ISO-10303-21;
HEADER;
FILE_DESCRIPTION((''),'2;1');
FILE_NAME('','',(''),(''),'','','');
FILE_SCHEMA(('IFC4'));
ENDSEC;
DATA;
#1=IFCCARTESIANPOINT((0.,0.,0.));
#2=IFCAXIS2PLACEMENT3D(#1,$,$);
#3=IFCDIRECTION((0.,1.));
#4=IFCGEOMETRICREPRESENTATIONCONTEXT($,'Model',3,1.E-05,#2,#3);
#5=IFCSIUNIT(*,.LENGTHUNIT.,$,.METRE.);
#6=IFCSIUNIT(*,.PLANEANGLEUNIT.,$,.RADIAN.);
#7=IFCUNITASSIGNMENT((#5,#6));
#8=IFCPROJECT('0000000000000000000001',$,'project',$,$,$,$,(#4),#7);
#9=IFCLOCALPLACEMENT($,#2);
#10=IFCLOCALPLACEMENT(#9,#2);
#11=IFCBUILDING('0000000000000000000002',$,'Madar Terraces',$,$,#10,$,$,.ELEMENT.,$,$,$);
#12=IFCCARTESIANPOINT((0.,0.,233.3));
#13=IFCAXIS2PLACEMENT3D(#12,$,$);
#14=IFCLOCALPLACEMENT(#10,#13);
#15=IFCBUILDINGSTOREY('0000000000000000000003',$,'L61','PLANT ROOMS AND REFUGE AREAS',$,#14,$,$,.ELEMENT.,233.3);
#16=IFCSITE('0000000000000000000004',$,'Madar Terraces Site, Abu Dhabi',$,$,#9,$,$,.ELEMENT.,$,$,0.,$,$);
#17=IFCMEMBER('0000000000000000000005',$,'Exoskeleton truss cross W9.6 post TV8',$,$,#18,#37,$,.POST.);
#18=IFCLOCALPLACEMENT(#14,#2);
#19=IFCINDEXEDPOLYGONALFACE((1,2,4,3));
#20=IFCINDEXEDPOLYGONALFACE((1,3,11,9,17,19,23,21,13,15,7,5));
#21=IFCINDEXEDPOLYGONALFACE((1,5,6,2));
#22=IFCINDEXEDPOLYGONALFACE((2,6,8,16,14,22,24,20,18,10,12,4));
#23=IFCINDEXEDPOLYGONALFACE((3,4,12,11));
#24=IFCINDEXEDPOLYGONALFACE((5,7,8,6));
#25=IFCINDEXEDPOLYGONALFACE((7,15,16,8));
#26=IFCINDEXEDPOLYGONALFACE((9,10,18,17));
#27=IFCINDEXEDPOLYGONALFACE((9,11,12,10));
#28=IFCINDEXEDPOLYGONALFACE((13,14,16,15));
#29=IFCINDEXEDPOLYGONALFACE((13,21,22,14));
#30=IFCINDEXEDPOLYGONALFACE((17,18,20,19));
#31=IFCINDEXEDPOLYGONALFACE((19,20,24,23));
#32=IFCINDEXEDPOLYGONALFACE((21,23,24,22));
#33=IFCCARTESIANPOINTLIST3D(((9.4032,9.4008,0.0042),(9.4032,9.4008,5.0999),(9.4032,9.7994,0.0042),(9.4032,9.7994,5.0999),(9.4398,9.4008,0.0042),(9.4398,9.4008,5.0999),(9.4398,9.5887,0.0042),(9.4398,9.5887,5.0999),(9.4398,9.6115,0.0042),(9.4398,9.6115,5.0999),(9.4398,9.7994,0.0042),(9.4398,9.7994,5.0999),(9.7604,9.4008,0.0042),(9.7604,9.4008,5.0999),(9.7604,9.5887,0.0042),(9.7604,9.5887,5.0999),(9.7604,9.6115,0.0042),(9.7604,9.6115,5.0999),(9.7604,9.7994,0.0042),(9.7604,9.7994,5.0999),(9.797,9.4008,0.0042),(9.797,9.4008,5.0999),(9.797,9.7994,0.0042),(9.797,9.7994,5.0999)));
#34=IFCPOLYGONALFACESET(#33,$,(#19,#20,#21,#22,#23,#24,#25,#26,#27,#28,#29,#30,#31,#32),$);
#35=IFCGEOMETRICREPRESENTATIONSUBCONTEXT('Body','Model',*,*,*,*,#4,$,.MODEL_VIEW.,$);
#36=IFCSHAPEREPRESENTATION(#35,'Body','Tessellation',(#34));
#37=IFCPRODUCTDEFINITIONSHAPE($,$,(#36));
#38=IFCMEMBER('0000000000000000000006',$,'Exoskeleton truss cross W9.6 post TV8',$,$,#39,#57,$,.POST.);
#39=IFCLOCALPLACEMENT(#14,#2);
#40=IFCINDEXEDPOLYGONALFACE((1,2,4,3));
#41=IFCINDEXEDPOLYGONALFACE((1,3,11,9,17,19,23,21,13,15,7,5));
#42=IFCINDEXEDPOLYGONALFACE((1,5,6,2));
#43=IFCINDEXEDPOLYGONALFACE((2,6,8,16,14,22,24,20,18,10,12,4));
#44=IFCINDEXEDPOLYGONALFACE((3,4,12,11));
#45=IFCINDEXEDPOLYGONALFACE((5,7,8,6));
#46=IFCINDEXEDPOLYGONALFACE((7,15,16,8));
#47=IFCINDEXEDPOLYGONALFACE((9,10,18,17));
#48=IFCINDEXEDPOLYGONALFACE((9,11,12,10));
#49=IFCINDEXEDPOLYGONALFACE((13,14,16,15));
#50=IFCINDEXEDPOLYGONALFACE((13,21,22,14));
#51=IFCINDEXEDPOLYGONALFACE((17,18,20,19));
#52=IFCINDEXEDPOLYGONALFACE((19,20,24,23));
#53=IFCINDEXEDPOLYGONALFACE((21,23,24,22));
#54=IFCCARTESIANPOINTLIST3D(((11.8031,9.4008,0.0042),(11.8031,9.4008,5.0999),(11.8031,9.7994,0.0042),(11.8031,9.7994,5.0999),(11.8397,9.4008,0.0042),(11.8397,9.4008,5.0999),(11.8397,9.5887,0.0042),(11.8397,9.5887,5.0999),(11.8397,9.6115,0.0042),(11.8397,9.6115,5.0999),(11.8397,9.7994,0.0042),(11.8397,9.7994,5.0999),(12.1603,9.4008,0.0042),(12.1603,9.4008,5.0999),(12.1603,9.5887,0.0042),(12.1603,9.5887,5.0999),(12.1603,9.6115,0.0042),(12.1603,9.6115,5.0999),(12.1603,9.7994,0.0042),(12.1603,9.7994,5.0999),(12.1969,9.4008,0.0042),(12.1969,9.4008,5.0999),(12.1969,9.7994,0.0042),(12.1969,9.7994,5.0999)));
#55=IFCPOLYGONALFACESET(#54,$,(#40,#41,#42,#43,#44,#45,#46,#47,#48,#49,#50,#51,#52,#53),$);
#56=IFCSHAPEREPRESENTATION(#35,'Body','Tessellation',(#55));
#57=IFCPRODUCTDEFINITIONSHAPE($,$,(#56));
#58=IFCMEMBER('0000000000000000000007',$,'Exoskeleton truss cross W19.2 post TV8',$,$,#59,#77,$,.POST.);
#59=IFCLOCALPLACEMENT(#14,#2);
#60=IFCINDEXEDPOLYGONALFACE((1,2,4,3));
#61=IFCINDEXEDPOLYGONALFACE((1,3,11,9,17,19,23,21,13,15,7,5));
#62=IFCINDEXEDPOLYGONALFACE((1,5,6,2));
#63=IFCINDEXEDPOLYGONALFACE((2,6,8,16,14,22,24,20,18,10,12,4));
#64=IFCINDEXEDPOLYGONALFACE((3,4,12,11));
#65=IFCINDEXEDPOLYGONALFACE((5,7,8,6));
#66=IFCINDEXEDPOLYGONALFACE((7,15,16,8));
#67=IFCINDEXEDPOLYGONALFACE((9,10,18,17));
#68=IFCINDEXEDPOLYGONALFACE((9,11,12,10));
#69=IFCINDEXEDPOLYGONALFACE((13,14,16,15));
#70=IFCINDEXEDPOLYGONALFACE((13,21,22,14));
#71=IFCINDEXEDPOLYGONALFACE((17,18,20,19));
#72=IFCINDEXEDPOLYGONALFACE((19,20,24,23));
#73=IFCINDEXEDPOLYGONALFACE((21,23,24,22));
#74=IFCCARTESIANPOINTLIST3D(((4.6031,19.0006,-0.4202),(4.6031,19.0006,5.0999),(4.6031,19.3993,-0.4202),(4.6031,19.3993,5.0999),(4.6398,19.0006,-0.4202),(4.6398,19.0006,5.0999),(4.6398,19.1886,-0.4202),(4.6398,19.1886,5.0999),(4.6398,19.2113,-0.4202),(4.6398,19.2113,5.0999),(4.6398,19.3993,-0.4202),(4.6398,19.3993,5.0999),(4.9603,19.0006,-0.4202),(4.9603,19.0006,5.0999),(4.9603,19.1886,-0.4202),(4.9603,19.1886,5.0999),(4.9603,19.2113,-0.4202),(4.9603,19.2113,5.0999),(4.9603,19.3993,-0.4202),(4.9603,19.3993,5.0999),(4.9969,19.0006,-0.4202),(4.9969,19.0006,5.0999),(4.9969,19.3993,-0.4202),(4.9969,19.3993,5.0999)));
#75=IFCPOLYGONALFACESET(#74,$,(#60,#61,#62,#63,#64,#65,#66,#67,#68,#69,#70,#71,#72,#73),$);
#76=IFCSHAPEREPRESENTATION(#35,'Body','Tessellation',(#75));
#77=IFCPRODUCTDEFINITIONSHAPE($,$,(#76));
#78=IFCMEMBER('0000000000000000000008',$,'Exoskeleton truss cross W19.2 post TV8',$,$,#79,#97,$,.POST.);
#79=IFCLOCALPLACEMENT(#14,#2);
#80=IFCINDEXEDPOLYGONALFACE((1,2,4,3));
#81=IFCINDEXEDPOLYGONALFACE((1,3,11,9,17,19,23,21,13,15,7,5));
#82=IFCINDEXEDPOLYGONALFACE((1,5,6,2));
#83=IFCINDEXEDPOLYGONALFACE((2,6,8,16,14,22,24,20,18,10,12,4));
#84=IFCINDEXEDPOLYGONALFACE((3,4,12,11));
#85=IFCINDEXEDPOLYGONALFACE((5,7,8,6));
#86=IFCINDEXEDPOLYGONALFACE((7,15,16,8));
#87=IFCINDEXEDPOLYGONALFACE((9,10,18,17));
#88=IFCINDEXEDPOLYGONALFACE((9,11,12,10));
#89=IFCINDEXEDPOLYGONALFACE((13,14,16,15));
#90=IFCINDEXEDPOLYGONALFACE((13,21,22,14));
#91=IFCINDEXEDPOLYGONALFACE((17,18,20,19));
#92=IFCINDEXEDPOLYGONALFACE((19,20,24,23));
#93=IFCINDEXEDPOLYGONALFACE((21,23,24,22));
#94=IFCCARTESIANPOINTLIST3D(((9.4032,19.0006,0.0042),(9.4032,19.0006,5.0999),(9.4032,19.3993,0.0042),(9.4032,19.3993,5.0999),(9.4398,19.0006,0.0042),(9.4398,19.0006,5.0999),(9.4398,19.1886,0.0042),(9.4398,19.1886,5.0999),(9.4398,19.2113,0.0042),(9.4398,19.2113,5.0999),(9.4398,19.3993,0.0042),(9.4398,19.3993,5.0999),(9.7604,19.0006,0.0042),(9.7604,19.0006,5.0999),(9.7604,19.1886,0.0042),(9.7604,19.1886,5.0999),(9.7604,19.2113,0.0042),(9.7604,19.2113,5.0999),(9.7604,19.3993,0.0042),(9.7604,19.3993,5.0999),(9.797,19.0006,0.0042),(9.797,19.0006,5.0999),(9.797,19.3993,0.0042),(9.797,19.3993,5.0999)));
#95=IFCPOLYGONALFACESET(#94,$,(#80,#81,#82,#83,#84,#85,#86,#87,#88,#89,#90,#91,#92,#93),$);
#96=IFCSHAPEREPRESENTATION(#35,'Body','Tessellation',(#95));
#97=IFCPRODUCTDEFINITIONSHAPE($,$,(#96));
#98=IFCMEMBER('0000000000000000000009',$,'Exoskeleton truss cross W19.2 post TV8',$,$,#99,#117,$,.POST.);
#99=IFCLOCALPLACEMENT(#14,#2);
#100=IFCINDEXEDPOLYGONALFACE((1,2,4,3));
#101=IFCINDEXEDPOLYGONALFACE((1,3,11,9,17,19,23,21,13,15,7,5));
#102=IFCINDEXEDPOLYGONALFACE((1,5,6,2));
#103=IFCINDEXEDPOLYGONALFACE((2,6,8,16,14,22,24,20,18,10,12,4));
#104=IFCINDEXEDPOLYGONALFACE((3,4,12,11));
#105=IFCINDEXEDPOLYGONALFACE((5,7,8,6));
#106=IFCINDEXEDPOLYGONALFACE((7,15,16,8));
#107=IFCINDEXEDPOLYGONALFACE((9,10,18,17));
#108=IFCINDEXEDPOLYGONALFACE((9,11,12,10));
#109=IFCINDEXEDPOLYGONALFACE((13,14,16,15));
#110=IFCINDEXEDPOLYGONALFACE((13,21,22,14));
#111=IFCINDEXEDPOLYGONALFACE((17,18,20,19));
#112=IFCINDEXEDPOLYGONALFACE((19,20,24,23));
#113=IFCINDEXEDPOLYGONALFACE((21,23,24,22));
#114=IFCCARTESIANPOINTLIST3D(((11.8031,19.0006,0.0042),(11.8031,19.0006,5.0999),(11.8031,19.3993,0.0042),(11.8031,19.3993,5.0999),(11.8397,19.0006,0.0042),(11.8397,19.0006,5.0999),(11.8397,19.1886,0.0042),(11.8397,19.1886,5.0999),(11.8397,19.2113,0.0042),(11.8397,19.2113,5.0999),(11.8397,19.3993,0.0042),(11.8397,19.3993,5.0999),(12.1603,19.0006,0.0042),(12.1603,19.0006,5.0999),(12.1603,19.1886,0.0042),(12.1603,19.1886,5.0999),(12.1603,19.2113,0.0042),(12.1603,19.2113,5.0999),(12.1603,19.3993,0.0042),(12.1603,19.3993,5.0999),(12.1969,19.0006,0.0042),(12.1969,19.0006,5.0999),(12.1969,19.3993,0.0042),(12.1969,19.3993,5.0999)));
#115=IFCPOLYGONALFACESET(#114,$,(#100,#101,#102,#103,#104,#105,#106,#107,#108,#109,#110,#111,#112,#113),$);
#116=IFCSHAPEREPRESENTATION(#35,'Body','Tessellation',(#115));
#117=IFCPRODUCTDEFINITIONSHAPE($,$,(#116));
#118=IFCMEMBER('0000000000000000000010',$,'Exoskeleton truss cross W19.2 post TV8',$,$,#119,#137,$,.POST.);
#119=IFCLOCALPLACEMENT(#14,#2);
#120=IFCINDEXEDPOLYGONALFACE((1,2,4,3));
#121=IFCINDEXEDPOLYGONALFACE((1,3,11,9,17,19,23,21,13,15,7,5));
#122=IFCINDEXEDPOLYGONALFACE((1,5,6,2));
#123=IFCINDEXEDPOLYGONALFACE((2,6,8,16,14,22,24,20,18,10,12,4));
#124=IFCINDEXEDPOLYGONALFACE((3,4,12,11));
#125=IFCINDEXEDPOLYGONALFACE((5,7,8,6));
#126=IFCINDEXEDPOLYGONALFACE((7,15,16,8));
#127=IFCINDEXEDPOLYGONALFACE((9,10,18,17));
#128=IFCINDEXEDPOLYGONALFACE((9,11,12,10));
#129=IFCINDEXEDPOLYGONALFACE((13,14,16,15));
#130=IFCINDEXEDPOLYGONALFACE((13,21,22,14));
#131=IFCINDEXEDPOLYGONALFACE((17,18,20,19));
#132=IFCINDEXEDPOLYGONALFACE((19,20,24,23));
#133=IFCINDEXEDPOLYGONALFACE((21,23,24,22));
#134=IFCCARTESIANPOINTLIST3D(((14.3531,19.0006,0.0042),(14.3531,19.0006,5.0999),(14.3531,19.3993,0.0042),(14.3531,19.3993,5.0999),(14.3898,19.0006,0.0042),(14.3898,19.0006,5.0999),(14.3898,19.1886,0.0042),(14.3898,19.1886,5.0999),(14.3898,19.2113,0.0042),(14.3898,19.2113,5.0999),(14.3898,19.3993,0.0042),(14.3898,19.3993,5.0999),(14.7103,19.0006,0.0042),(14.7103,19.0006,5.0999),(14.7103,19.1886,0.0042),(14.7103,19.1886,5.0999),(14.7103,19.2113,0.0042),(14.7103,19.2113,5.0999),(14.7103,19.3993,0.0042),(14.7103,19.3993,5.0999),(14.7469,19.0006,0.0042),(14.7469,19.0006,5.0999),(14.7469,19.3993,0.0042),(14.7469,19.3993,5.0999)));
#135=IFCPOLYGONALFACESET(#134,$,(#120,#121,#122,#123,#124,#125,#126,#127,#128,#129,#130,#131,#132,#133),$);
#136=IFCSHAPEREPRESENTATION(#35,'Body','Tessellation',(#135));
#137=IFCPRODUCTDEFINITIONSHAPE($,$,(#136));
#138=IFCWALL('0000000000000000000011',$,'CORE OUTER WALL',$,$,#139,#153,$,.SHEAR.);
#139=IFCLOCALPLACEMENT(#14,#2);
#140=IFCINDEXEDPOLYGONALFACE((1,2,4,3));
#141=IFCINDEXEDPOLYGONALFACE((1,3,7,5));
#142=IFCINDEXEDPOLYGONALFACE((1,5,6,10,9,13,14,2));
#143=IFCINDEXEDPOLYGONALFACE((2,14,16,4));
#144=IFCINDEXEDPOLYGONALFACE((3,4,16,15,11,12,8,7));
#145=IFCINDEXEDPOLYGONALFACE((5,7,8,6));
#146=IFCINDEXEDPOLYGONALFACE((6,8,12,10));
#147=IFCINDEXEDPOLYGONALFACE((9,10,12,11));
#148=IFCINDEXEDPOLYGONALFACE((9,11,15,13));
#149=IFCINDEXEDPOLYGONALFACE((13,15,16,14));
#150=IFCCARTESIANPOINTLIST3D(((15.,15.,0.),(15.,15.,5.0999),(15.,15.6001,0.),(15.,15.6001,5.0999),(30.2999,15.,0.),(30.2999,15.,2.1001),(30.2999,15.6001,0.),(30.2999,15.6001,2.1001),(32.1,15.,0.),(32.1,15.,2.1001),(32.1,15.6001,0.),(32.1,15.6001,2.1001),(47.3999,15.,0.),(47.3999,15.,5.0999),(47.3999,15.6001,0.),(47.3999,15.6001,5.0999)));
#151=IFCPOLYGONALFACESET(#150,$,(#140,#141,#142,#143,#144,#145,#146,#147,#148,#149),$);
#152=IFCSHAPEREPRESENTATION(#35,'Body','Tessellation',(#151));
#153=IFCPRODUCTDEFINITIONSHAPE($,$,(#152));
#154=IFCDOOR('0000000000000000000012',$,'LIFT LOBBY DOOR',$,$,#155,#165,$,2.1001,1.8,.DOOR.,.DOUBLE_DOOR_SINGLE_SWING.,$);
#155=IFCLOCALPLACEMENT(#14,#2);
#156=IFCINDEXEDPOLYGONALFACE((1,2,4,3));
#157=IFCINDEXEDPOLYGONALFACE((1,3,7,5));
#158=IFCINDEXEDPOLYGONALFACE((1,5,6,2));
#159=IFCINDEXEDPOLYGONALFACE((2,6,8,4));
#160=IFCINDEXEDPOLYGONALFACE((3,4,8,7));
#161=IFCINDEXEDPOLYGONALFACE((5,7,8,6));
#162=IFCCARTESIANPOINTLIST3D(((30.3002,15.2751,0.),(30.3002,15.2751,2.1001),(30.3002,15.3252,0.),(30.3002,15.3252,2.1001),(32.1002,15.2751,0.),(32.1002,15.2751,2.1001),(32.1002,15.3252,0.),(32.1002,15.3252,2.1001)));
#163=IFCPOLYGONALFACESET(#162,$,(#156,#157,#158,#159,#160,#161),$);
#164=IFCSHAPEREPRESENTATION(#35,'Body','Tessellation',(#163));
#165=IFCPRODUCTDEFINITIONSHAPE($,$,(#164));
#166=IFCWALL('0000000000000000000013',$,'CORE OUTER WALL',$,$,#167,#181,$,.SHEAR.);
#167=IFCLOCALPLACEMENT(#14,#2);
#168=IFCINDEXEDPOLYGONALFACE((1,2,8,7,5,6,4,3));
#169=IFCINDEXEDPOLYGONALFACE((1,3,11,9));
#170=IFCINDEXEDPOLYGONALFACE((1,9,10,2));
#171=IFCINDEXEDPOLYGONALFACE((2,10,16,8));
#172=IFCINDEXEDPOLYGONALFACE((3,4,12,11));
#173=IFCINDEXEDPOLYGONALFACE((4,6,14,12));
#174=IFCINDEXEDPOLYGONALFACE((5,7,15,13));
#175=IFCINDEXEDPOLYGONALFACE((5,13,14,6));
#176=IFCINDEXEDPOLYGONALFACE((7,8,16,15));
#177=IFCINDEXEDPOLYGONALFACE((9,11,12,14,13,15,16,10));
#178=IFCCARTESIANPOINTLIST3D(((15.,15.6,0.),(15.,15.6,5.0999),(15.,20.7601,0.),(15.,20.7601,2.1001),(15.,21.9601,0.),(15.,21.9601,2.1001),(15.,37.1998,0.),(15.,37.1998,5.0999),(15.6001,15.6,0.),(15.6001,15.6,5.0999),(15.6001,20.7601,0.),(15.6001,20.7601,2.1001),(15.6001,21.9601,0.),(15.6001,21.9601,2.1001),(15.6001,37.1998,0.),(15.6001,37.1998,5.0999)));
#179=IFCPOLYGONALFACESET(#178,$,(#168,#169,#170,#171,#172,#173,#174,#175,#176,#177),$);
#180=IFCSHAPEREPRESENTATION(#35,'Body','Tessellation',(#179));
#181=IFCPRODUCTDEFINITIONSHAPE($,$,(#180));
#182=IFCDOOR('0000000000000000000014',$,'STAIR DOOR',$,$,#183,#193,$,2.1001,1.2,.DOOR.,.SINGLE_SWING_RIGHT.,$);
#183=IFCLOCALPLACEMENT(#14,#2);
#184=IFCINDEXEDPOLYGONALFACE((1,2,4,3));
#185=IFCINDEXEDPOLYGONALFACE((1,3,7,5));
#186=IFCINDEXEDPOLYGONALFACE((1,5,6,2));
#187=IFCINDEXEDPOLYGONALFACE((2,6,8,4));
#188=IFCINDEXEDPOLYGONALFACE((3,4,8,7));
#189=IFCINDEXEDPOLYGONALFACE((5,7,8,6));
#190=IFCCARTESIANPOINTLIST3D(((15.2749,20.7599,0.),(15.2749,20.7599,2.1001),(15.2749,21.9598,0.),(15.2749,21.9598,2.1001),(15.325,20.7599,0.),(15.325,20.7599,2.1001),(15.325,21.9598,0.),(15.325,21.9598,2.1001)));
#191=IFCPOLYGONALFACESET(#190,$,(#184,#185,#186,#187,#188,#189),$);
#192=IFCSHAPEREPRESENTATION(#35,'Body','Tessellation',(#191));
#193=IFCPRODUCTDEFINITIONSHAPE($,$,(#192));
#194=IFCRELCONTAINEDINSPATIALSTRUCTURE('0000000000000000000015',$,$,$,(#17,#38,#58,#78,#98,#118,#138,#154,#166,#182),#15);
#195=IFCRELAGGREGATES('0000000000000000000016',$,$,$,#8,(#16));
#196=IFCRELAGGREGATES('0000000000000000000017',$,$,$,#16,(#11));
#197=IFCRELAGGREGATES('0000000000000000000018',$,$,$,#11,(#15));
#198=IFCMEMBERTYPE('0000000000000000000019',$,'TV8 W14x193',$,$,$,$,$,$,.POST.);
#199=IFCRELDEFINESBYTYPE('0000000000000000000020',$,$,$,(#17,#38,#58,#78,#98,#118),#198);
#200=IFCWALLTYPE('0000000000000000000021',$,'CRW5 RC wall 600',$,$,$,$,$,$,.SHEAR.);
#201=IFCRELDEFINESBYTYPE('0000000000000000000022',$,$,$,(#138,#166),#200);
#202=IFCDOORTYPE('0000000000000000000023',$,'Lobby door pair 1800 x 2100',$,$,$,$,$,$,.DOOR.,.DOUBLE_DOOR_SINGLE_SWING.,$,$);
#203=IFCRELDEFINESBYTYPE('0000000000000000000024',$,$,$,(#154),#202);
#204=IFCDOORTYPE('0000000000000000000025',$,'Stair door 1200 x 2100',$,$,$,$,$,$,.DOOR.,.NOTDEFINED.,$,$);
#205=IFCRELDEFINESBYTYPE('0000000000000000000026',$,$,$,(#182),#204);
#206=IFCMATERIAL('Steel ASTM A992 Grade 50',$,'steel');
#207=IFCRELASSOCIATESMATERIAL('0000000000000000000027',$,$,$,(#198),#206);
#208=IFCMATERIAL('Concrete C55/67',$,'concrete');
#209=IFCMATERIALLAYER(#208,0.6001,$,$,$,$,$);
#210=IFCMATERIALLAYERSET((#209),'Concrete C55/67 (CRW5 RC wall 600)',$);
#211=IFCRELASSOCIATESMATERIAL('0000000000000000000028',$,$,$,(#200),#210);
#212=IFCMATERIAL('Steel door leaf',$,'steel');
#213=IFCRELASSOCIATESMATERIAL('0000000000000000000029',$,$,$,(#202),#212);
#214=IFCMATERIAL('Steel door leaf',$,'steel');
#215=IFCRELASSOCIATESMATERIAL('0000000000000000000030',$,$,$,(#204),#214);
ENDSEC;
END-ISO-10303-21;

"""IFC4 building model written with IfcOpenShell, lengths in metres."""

from ifc_helpers import new_model, si_unit, direction, frame, frame_2d, origin, origin_2d, place, context, subcontext, project, spatial, rectangle, i_section, extrude, material, layer, layer_set, material_profile, profile_set, type_object, element, fill, save


model = new_model("IFC4")

# Units and contexts
model_context = context("Model", 3, precision=1e-05, world=origin(), true_north=direction((0.0, 1.0)))
body_context = subcontext(model_context, "Body", "Model", "MODEL_VIEW")
ifc_project = project(units=[si_unit("LENGTHUNIT", "METRE"), si_unit("PLANEANGLEUNIT", "RADIAN")], contexts=[model_context])

# Site, building, storey
site_placement = place(None, origin())
site = spatial("IfcSite", under=ifc_project, at=site_placement, Name="Madar Terraces Site, Abu Dhabi", CompositionType="ELEMENT", RefElevation=0.0)
building_placement = place(site_placement, origin())
building = spatial("IfcBuilding", under=site, at=building_placement, Name="Madar Terraces", CompositionType="ELEMENT")
storey_placement = place(building_placement, frame((0.0, 0.0, 233.3)))
storey = spatial("IfcBuildingStorey", under=building, at=storey_placement, Name="L61", Description="PLANT ROOMS AND REFUGE AREAS", CompositionType="ELEMENT", Elevation=233.3)

# Members
ifc_material_1 = material(Name="Steel ASTM A992 Grade 50", Category="steel")
ifc_material_profile_1 = material_profile(ifc_material_1, i_section(OverallWidth=0.3987, OverallDepth=0.3938, WebThickness=0.0227, FlangeThickness=0.0366, at=origin_2d()), Name="W14x193")
ifc_profile_set_1 = profile_set([ifc_material_profile_1], Name="Steel ASTM A992 Grade 50")
member_type_1 = type_object("IfcMemberType", Name="TV8 W14x193", PredefinedType="POST", material=ifc_profile_set_1)
for number, where, z_axis, x_axis, name in (
    (1, (9.6001, 9.6001, 0.0042), (0.0, 0.0, 1.0), (0.0, 1.0, 0.0), "Exoskeleton truss cross W9.6 post TV8"),
    (2, (12.0, 9.6001, 0.0042), (0.0, 0.0, 1.0), (0.0, 1.0, 0.0), "Exoskeleton truss cross W9.6 post TV8"),
):
    element("IfcMember", number, at=place(storey_placement, frame(where, z_axis=z_axis, x_axis=x_axis)), inside=storey, type_object=member_type_1, Name=name, PredefinedType="POST", context=body_context, shape_type="SweptSolid", body=[
        extrude(i_section(OverallWidth=0.3987, OverallDepth=0.3938, WebThickness=0.0227, FlangeThickness=0.0366, at=origin_2d()), origin(), (0.0, 0.0, 1.0), 5.0957),
    ])
member_1_placement = place(storey_placement, frame((4.8, 19.2, -0.4202), z_axis=(0.0, 0.0, 1.0), x_axis=(0.0, 1.0, 0.0)))
element("IfcMember", 3, at=member_1_placement, inside=storey, type_object=member_type_1, Name="Exoskeleton truss cross W19.2 post TV8", PredefinedType="POST", context=body_context, shape_type="SweptSolid", body=[
    extrude(i_section(OverallWidth=0.3987, OverallDepth=0.3938, WebThickness=0.0227, FlangeThickness=0.0366, at=origin_2d()), origin(), (0.0, 0.0, 1.0), 5.52),
])
for number, where, z_axis, x_axis, name in (
    (4, (9.6001, 19.2, 0.0042), (0.0, 0.0, 1.0), (0.0, 1.0, 0.0), "Exoskeleton truss cross W19.2 post TV8"),
    (5, (12.0, 19.2, 0.0042), (0.0, 0.0, 1.0), (0.0, 1.0, 0.0), "Exoskeleton truss cross W19.2 post TV8"),
    (6, (14.55, 19.2, 0.0042), (0.0, 0.0, 1.0), (0.0, 1.0, 0.0), "Exoskeleton truss cross W19.2 post TV8"),
):
    element("IfcMember", number, at=place(storey_placement, frame(where, z_axis=z_axis, x_axis=x_axis)), inside=storey, type_object=member_type_1, Name=name, PredefinedType="POST", context=body_context, shape_type="SweptSolid", body=[
        extrude(i_section(OverallWidth=0.3987, OverallDepth=0.3938, WebThickness=0.0227, FlangeThickness=0.0366, at=origin_2d()), origin(), (0.0, 0.0, 1.0), 5.0957),
    ])

# Walls, openings, doors
ifc_material_2 = material(Name="Concrete C55/67", Category="concrete")
ifc_layer_1 = layer(ifc_material_2, 0.6001)
ifc_layer_set_1 = layer_set([ifc_layer_1], Name="Concrete C55/67 (CRW5 RC wall 600)")
wall_type_1 = type_object("IfcWallType", Name="CRW5 RC wall 600", PredefinedType="SHEAR", material=ifc_layer_set_1)
wall_1_placement = place(storey_placement, frame((15.0, 15.3, 0.0), z_axis=(0.0, 0.0, 1.0), x_axis=(1.0, 0.0, 0.0)))
wall_1 = element("IfcWall", 7, at=wall_1_placement, inside=storey, type_object=wall_type_1, Name="CORE OUTER WALL", PredefinedType="SHEAR", context=body_context, shape_type="SweptSolid", body=[
    extrude(rectangle(XDim=32.3999, YDim=0.6001, at=frame_2d((16.2, 0.0))), origin(), (0.0, 0.0, 1.0), 5.0999),
])
opening_1_placement = place(wall_1_placement, frame((15.3, 0.0, 0.0)))
opening_1 = element("IfcOpeningElement", 8, at=opening_1_placement, cuts=wall_1, PredefinedType="OPENING", context=body_context, shape_type="SweptSolid", body=[
    extrude(rectangle(XDim=1.8, YDim=2.1001, at=frame_2d((0.8999, 1.05))), frame((0.0, 0.3101, 0.0), z_axis=(0.0, -1.0, 0.0), x_axis=(1.0, 0.0, 0.0)), (0.0, 0.0, 1.0), 0.6201),
])
ifc_material_3 = material(Name="Steel door leaf", Category="steel")
door_type_1 = type_object("IfcDoorType", Name="Lobby door pair 1800 x 2100", OperationType="DOUBLE_DOOR_SINGLE_SWING", PredefinedType="DOOR", material=ifc_material_3)
door_1_placement = place(opening_1_placement, frame((1.8, 0.0, 0.0), z_axis=(0.0, 0.0, 1.0), x_axis=(-1.0, 0.0, 0.0)))
door_1 = element("IfcDoor", 9, at=door_1_placement, inside=storey, type_object=door_type_1, Name="LIFT LOBBY DOOR", OperationType="DOUBLE_DOOR_SINGLE_SWING", OverallHeight=2.1001, OverallWidth=1.8, PredefinedType="DOOR", context=body_context, shape_type="SweptSolid", body=[
    extrude(rectangle(XDim=1.8, YDim=2.1001, at=frame_2d((0.8999, 1.05))), frame((0.0, 0.0249, 0.0), z_axis=(0.0, -1.0, 0.0), x_axis=(1.0, 0.0, 0.0)), (0.0, 0.0, 1.0), 0.05),
])
fill(opening_1, door_1)
wall_2_placement = place(storey_placement, frame((15.3, 15.6001, 0.0), z_axis=(0.0, 0.0, 1.0), x_axis=(0.0, 1.0, 0.0)))
wall_2 = element("IfcWall", 10, at=wall_2_placement, inside=storey, type_object=wall_type_1, Name="CORE OUTER WALL", PredefinedType="SHEAR", context=body_context, shape_type="SweptSolid", body=[
    extrude(rectangle(XDim=21.5999, YDim=0.6001, at=frame_2d((10.7998, 0.0))), origin(), (0.0, 0.0, 1.0), 5.0999),
])
opening_2_placement = place(wall_2_placement, frame((5.1599, 0.0, 0.0)))
opening_2 = element("IfcOpeningElement", 11, at=opening_2_placement, cuts=wall_2, PredefinedType="OPENING", context=body_context, shape_type="SweptSolid", body=[
    extrude(rectangle(XDim=1.2, YDim=2.1001, at=frame_2d((0.6001, 1.05))), frame((0.0, 0.3101, 0.0), z_axis=(0.0, -1.0, 0.0), x_axis=(1.0, 0.0, 0.0)), (0.0, 0.0, 1.0), 0.6201),
])
ifc_material_4 = material(Name="Steel door leaf", Category="steel")
door_type_2 = type_object("IfcDoorType", Name="Stair door 1200 x 2100", OperationType="NOTDEFINED", PredefinedType="DOOR", material=ifc_material_4)
door_2_placement = place(opening_2_placement, frame((1.2, 0.0, 0.0), z_axis=(0.0, 0.0, 1.0), x_axis=(-1.0, 0.0, 0.0)))
door_2 = element("IfcDoor", 12, at=door_2_placement, inside=storey, type_object=door_type_2, Name="STAIR DOOR", OperationType="SINGLE_SWING_RIGHT", OverallHeight=2.1001, OverallWidth=1.2, PredefinedType="DOOR", context=body_context, shape_type="SweptSolid", body=[
    extrude(rectangle(XDim=1.2, YDim=2.1001, at=frame_2d((0.6001, 1.05))), frame((0.0, 0.0249, 0.0), z_axis=(0.0, -1.0, 0.0), x_axis=(1.0, 0.0, 0.0)), (0.0, 0.0, 1.0), 0.05),
])
fill(opening_2, door_2)

save(model, "model.ifc")
